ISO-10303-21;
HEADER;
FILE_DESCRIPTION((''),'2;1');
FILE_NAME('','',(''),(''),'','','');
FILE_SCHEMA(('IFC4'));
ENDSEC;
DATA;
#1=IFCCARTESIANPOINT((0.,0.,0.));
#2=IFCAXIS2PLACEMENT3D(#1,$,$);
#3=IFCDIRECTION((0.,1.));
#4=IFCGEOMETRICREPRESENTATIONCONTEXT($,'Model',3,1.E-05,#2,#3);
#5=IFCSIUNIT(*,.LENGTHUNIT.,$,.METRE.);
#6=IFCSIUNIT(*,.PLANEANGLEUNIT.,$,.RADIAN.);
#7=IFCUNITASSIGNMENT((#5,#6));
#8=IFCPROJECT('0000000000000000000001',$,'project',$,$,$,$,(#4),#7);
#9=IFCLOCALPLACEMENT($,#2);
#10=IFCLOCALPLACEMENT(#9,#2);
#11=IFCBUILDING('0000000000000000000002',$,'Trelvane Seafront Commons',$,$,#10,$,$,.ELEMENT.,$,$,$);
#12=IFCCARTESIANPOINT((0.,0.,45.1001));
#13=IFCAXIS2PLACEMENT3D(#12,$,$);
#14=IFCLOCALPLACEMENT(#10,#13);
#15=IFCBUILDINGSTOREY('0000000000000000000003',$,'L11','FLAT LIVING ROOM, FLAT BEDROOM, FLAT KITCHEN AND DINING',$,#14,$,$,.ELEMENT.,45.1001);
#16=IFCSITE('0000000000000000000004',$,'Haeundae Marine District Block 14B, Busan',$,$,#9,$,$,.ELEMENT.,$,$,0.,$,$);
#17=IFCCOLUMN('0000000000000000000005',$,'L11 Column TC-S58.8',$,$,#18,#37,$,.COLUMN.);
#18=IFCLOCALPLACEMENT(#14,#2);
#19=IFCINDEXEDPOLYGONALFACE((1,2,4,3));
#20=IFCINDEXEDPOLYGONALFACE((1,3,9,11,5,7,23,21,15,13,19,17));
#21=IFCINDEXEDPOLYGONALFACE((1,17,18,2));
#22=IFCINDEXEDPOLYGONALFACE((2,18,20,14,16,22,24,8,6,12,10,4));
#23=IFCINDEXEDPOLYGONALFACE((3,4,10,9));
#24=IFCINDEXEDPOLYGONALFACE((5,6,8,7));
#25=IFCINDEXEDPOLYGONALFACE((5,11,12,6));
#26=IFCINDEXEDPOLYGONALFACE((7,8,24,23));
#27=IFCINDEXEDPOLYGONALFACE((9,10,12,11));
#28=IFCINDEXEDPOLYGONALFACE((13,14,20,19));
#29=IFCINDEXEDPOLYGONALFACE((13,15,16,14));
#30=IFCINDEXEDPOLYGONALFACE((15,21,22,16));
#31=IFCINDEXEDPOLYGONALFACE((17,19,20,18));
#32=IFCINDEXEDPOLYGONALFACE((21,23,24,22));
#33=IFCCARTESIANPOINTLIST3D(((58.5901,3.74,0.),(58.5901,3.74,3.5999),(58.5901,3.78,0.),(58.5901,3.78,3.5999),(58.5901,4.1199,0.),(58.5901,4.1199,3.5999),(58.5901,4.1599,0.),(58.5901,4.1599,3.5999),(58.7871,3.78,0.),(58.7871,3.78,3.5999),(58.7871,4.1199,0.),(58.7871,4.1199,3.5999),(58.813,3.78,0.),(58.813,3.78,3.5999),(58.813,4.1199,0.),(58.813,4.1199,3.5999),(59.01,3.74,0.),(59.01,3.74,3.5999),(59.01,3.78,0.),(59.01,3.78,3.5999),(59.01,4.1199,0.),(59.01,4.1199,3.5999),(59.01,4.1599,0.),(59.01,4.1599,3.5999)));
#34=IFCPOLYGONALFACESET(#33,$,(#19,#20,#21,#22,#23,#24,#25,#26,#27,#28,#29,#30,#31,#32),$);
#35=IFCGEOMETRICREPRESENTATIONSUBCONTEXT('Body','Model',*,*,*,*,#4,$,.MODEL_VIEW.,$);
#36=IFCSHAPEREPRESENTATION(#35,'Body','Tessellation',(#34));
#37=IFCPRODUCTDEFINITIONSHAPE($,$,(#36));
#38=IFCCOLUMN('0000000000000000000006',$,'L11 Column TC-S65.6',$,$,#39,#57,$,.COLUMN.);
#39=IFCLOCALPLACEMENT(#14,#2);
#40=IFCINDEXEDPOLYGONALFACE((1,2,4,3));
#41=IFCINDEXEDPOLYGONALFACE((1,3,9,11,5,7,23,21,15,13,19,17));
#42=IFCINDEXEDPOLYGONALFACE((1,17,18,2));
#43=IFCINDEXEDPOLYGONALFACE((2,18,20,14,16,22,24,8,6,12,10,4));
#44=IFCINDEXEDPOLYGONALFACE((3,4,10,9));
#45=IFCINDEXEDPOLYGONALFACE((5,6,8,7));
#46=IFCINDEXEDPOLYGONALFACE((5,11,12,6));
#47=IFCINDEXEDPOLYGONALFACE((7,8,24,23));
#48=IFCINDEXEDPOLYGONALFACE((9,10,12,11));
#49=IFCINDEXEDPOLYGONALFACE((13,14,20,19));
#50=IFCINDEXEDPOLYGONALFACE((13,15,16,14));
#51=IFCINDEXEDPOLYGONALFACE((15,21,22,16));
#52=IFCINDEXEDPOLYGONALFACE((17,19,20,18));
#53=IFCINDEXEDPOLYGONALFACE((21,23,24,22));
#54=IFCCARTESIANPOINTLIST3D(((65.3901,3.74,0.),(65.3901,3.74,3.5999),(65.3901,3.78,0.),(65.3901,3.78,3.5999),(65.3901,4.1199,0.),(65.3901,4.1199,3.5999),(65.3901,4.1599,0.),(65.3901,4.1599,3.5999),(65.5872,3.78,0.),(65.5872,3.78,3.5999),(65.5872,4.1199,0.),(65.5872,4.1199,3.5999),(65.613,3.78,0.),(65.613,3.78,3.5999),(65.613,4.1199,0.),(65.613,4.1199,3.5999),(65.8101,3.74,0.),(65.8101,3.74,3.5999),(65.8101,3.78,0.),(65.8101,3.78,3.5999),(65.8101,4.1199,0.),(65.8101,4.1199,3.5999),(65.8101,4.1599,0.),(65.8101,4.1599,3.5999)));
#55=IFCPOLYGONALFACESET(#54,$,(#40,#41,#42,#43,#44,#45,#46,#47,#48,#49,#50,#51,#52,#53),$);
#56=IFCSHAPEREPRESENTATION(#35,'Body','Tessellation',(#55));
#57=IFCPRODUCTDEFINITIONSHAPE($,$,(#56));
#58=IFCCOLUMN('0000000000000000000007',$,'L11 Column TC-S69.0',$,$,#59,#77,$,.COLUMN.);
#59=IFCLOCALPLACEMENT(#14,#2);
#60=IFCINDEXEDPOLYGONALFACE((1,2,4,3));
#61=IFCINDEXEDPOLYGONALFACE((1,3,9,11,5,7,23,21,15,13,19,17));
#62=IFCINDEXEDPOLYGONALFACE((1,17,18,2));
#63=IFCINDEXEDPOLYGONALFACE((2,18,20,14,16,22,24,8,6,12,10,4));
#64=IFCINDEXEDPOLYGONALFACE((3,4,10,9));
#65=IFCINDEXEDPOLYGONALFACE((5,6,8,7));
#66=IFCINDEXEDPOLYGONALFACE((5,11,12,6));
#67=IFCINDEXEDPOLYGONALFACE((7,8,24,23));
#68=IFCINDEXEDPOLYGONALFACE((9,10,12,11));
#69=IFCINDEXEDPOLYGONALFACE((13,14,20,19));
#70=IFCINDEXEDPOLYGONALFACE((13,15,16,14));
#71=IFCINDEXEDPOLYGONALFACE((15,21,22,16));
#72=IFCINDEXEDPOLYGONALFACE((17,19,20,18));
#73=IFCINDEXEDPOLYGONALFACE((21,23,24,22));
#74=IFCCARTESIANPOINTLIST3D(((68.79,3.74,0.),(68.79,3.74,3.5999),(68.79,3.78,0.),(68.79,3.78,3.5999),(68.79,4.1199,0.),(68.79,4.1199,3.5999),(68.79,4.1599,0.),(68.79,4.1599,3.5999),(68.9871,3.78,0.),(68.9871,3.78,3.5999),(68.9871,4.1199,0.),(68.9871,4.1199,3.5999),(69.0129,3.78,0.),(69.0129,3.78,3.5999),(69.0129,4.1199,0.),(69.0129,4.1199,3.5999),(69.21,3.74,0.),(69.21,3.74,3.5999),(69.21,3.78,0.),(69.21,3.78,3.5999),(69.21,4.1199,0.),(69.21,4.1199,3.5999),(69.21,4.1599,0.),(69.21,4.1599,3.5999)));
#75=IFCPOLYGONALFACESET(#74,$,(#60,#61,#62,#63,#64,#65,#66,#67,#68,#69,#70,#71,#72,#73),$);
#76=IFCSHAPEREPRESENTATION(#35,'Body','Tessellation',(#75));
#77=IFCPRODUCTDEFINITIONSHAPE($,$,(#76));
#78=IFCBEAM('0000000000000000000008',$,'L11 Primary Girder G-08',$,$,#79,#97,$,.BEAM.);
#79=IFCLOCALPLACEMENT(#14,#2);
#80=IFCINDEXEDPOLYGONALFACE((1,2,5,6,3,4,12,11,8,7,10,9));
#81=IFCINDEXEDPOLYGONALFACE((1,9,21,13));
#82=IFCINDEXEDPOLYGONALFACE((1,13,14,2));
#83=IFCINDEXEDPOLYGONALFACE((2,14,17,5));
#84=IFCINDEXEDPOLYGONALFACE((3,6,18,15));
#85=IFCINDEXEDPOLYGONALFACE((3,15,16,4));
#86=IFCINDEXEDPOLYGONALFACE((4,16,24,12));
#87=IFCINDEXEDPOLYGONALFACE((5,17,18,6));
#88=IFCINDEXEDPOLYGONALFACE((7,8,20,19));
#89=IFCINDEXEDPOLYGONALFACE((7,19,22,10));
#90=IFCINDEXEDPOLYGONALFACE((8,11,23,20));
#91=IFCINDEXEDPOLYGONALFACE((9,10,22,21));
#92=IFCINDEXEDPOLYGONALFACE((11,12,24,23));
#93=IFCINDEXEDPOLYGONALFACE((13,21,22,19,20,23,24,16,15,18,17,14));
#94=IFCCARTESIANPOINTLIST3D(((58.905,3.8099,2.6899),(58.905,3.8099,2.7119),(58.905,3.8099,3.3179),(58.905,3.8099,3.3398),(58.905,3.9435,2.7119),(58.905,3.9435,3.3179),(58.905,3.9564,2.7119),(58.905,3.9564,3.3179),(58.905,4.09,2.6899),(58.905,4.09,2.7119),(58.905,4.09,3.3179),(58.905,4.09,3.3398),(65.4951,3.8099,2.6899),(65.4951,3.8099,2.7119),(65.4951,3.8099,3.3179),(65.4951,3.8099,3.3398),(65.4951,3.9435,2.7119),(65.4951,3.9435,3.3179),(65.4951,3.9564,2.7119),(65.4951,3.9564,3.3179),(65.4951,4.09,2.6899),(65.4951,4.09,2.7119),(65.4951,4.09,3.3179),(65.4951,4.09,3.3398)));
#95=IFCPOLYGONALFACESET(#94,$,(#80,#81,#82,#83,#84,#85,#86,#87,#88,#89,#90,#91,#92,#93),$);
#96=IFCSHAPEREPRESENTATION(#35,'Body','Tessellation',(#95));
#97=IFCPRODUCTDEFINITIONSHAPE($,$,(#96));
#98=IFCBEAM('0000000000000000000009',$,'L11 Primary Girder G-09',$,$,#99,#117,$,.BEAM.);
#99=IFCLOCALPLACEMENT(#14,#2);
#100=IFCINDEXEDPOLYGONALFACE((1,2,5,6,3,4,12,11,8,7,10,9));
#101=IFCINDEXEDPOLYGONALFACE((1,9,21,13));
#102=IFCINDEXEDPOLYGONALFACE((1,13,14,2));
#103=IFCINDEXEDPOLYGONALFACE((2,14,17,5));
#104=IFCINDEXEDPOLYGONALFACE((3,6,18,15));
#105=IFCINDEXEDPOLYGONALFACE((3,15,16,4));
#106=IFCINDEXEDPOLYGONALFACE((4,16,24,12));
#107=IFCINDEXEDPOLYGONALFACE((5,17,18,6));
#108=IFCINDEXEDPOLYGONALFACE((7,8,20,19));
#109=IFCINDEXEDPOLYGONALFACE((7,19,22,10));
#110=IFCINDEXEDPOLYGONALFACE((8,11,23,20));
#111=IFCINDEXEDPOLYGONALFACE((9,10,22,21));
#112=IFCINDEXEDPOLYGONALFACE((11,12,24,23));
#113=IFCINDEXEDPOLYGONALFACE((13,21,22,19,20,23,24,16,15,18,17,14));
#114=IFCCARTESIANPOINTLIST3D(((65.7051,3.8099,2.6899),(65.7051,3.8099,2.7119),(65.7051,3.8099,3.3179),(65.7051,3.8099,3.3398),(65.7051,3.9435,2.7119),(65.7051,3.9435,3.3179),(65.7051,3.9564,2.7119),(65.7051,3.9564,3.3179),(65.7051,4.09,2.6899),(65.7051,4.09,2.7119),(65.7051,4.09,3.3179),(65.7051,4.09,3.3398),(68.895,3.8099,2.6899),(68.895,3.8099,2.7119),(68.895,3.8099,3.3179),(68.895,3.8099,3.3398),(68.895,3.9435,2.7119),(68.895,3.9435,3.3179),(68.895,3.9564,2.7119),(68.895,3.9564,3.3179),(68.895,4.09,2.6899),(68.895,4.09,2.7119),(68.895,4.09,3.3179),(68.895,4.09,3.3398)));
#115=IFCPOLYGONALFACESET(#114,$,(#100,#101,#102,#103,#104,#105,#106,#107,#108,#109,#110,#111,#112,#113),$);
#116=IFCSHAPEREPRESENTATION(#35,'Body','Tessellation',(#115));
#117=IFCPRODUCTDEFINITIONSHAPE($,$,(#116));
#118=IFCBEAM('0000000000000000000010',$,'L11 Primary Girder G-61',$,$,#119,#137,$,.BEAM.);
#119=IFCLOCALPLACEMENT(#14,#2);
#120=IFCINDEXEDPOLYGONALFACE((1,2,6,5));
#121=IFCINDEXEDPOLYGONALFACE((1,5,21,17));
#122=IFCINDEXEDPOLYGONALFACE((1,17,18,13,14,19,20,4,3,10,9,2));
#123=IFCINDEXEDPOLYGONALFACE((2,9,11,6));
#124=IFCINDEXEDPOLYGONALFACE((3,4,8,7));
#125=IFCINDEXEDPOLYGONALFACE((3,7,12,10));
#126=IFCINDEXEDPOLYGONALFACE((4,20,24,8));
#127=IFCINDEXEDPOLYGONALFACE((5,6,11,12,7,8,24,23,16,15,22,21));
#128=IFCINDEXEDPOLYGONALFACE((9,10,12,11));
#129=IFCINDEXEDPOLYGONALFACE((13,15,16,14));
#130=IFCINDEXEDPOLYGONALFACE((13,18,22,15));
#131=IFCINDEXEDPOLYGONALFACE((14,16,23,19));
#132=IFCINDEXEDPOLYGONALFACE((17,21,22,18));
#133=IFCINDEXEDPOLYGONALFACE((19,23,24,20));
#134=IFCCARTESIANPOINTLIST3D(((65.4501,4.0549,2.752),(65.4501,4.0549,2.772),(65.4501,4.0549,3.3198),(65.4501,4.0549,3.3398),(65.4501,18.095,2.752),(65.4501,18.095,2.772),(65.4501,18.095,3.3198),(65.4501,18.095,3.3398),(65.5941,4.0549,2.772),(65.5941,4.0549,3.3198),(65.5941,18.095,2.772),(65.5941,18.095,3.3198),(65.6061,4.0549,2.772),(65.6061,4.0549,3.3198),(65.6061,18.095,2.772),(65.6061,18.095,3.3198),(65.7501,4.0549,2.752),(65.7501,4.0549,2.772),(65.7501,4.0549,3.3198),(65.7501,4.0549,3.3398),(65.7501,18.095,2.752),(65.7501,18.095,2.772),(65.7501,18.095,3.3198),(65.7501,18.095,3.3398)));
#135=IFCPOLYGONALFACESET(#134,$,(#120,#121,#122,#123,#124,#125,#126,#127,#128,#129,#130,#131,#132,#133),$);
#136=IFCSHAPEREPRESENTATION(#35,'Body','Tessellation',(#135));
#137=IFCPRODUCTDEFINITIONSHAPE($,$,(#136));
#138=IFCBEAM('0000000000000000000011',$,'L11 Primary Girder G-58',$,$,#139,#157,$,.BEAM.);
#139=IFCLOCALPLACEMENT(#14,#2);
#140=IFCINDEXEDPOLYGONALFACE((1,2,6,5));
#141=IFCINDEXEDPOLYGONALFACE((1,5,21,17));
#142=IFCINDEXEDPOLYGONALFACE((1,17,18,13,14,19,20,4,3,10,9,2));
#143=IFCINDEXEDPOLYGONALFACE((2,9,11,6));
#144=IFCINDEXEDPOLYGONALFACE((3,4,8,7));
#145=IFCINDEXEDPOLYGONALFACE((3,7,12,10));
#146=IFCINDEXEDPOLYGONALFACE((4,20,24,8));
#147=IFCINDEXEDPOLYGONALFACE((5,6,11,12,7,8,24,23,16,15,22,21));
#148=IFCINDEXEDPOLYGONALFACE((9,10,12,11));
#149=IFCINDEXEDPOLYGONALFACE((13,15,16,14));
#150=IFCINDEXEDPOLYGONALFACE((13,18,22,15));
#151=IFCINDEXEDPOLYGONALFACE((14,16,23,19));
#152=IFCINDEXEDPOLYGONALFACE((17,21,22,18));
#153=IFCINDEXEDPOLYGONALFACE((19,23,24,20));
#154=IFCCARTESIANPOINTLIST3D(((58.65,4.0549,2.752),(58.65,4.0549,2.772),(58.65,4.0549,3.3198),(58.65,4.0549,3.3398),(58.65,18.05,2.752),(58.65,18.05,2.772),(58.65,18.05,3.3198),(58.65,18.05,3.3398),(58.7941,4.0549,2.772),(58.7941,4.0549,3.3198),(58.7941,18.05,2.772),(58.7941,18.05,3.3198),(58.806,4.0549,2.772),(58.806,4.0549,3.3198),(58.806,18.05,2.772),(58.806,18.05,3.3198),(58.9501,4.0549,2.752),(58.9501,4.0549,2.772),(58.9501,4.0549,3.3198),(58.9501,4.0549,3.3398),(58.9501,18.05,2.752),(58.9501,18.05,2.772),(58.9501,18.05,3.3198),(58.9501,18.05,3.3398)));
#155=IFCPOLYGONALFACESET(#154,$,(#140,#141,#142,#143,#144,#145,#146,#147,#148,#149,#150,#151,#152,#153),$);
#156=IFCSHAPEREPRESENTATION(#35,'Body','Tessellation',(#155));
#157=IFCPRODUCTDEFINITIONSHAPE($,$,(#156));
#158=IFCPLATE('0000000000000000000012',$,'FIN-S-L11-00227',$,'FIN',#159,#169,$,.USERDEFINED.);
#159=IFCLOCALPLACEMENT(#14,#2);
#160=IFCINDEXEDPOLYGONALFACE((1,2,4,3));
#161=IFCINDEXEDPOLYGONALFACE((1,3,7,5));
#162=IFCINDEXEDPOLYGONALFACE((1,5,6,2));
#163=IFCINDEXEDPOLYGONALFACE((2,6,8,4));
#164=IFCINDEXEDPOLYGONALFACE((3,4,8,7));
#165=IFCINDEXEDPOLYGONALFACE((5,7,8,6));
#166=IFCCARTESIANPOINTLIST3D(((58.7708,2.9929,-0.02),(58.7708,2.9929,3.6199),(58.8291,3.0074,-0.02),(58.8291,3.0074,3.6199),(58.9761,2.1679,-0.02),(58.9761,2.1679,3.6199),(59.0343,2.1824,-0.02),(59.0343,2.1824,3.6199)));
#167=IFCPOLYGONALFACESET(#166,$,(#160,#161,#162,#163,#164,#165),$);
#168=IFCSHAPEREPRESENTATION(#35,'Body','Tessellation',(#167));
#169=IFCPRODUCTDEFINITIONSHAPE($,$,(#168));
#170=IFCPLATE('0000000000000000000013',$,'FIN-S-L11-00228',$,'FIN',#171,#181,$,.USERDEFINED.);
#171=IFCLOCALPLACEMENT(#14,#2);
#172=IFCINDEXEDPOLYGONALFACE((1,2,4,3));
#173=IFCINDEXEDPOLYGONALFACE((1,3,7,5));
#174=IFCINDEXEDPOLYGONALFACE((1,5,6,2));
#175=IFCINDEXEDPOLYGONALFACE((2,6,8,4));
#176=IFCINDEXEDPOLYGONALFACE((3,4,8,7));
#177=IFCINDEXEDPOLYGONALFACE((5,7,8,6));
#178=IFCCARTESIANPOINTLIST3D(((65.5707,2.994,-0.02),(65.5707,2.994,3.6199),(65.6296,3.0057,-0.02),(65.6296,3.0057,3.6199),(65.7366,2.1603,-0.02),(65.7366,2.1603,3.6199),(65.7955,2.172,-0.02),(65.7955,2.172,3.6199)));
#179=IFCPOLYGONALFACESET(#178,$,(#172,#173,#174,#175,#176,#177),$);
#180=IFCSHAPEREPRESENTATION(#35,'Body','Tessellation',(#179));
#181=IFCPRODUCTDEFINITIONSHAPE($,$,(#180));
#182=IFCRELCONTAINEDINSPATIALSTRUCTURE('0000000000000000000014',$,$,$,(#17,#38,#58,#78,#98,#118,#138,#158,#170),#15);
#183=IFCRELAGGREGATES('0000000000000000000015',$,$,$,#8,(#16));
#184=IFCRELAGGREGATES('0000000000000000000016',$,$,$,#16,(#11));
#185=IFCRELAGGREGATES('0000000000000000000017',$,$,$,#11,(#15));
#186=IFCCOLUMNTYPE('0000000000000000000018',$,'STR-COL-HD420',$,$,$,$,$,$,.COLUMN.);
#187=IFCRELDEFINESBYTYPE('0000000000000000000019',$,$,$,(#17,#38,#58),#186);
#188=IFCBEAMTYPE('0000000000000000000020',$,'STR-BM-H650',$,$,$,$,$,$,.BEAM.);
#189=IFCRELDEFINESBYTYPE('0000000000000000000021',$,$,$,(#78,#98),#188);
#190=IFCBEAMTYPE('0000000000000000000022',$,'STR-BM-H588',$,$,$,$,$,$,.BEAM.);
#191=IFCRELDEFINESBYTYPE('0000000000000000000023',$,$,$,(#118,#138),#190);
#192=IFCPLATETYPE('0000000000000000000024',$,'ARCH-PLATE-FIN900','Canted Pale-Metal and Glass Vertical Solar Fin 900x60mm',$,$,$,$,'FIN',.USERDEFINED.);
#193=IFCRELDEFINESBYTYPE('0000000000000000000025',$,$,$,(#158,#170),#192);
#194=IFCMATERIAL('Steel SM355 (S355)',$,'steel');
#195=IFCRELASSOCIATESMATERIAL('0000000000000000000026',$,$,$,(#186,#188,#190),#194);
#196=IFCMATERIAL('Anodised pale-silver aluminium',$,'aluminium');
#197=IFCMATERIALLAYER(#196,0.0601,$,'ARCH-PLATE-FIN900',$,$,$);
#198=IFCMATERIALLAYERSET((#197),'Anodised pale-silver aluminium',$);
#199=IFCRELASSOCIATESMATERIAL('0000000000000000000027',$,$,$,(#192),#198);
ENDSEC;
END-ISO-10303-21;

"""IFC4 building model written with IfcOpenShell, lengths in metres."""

from ifc_helpers import new_model, si_unit, direction, frame, origin, origin_2d, place, context, subcontext, project, spatial, rectangle, i_section, extrude, source, transform, mapped, material, layer, layer_set, material_profile, profile_set, type_object, element, save


model = new_model("IFC4")

# Units and contexts
model_context = context("Model", 3, precision=1e-05, world=origin(), true_north=direction((0.0, 1.0)))
body_context = subcontext(model_context, "Body", "Model", "MODEL_VIEW")
ifc_project = project(units=[si_unit("LENGTHUNIT", "METRE"), si_unit("PLANEANGLEUNIT", "RADIAN")], contexts=[model_context])

# Site, building, storey
site_placement = place(None, origin())
site = spatial("IfcSite", under=ifc_project, at=site_placement, Name="Haeundae Marine District Block 14B, Busan", CompositionType="ELEMENT", RefElevation=0.0)
building_placement = place(site_placement, origin())
building = spatial("IfcBuilding", under=site, at=building_placement, Name="Trelvane Seafront Commons", CompositionType="ELEMENT")
storey_placement = place(building_placement, frame((0.0, 0.0, 45.1001)))
storey = spatial("IfcBuildingStorey", under=building, at=storey_placement, Name="L11", Description="FLAT LIVING ROOM, FLAT BEDROOM, FLAT KITCHEN AND DINING", CompositionType="ELEMENT", Elevation=45.1001)

# Columns
ifc_material_1 = material(Name="Steel SM355 (S355)", Category="steel")
ifc_material_profile_1 = material_profile(ifc_material_1, i_section(OverallWidth=0.4199, OverallDepth=0.4199, WebThickness=0.0259, FlangeThickness=0.04, at=origin_2d()), Name="HD-420x420x26x40")
ifc_profile_set_1 = profile_set([ifc_material_profile_1], Name="Steel SM355 (S355)")
column_type = type_object("IfcColumnType", Name="STR-COL-HD420", PredefinedType="COLUMN", material=ifc_profile_set_1)
shared_shape_1 = source(origin(), body_context, "Body", "SweptSolid", [
    extrude(i_section(OverallWidth=0.4199, OverallDepth=0.4199, WebThickness=0.0259, FlangeThickness=0.04, at=origin_2d()), origin(), (0.0, 0.0, 1.0), 3.5999),
])
for number, where, z_axis, x_axis, name in (
    (1, (58.8, 3.95, 0.0), (0.0, 0.0, 1.0), (1.0, 0.0, 0.0), "L11 Column TC-S58.8"),
    (2, (65.6001, 3.95, 0.0), (0.0, 0.0, 1.0), (1.0, 0.0, 0.0), "L11 Column TC-S65.6"),
    (3, (69.0, 3.95, 0.0), (0.0, 0.0, 1.0), (1.0, 0.0, 0.0), "L11 Column TC-S69.0"),
):
    element("IfcColumn", number, at=place(storey_placement, frame(where, z_axis=z_axis, x_axis=x_axis)), inside=storey, type_object=column_type, Name=name, PredefinedType="COLUMN", context=body_context, shape_type="MappedRepresentation", body=[
        mapped(shared_shape_1, transform((0.0, 0.0, 0.0), x_axis=(1.0, 0.0, 0.0), y_axis=(0.0, 1.0, 0.0), z_axis=(0.0, 0.0, 1.0), scale=1.0)),
    ])

# Beams
ifc_material_profile_2 = material_profile(ifc_material_1, i_section(OverallWidth=0.28, OverallDepth=0.6499, WebThickness=0.0129, FlangeThickness=0.022, at=origin_2d()), Name="H-650x280x13x22")
ifc_profile_set_2 = profile_set([ifc_material_profile_2], Name="Steel SM355 (S355)")
beam_type_1 = type_object("IfcBeamType", Name="STR-BM-H650", PredefinedType="BEAM", material=ifc_profile_set_2)
shared_shape_2 = source(origin(), body_context, "Body", "SweptSolid", [
    extrude(i_section(OverallWidth=0.28, OverallDepth=0.6499, WebThickness=0.0129, FlangeThickness=0.022, at=origin_2d()), origin(), (0.0, 0.0, 1.0), 6.5901),
])
beam_1_placement = place(storey_placement, frame((58.905, 3.95, 3.0149), z_axis=(1.0, 0.0, 0.0), x_axis=(0.0, 1.0, 0.0)))
element("IfcBeam", 4, at=beam_1_placement, inside=storey, type_object=beam_type_1, Name="L11 Primary Girder G-08", PredefinedType="BEAM", context=body_context, shape_type="MappedRepresentation", body=[
    mapped(shared_shape_2, transform((0.0, 0.0, 0.0), x_axis=(1.0, 0.0, 0.0), y_axis=(0.0, 1.0, 0.0), z_axis=(0.0, 0.0, 1.0), scale=1.0)),
])
shared_shape_3 = source(origin(), body_context, "Body", "SweptSolid", [
    extrude(i_section(OverallWidth=0.28, OverallDepth=0.6499, WebThickness=0.0129, FlangeThickness=0.022, at=origin_2d()), origin(), (0.0, 0.0, 1.0), 3.1899),
])
beam_2_placement = place(storey_placement, frame((65.7051, 3.95, 3.0149), z_axis=(1.0, 0.0, 0.0), x_axis=(0.0, 1.0, 0.0)))
element("IfcBeam", 5, at=beam_2_placement, inside=storey, type_object=beam_type_1, Name="L11 Primary Girder G-09", PredefinedType="BEAM", context=body_context, shape_type="MappedRepresentation", body=[
    mapped(shared_shape_3, transform((0.0, 0.0, 0.0), x_axis=(1.0, 0.0, 0.0), y_axis=(0.0, 1.0, 0.0), z_axis=(0.0, 0.0, 1.0), scale=1.0)),
])
ifc_material_profile_3 = material_profile(ifc_material_1, i_section(OverallWidth=0.3, OverallDepth=0.5879, WebThickness=0.012, FlangeThickness=0.02, at=origin_2d()), Name="H-588x300x12x20")
ifc_profile_set_3 = profile_set([ifc_material_profile_3], Name="Steel SM355 (S355)")
beam_type_2 = type_object("IfcBeamType", Name="STR-BM-H588", PredefinedType="BEAM", material=ifc_profile_set_3)
shared_shape_4 = source(origin(), body_context, "Body", "SweptSolid", [
    extrude(i_section(OverallWidth=0.3, OverallDepth=0.5879, WebThickness=0.012, FlangeThickness=0.02, at=origin_2d()), origin(), (0.0, 0.0, 1.0), 14.04),
])
beam_3_placement = place(storey_placement, frame((65.6001, 4.0549, 3.0459), z_axis=(0.0, 1.0, 0.0), x_axis=(-1.0, 0.0, 0.0)))
element("IfcBeam", 6, at=beam_3_placement, inside=storey, type_object=beam_type_2, Name="L11 Primary Girder G-61", PredefinedType="BEAM", context=body_context, shape_type="MappedRepresentation", body=[
    mapped(shared_shape_4, transform((0.0, 0.0, 0.0), x_axis=(1.0, 0.0, 0.0), y_axis=(0.0, 1.0, 0.0), z_axis=(0.0, 0.0, 1.0), scale=1.0)),
])
shared_shape_5 = source(origin(), body_context, "Body", "SweptSolid", [
    extrude(i_section(OverallWidth=0.3, OverallDepth=0.5879, WebThickness=0.012, FlangeThickness=0.02, at=origin_2d()), origin(), (0.0, 0.0, 1.0), 13.9951),
])
beam_4_placement = place(storey_placement, frame((58.8, 4.0549, 3.0459), z_axis=(0.0, 1.0, 0.0), x_axis=(-1.0, 0.0, 0.0)))
element("IfcBeam", 7, at=beam_4_placement, inside=storey, type_object=beam_type_2, Name="L11 Primary Girder G-58", PredefinedType="BEAM", context=body_context, shape_type="MappedRepresentation", body=[
    mapped(shared_shape_5, transform((0.0, 0.0, 0.0), x_axis=(1.0, 0.0, 0.0), y_axis=(0.0, 1.0, 0.0), z_axis=(0.0, 0.0, 1.0), scale=1.0)),
])

# Plates
ifc_material_2 = material(Name="Anodised pale-silver aluminium", Category="aluminium")
ifc_layer_1 = layer(ifc_material_2, 0.0601, Name="ARCH-PLATE-FIN900")
ifc_layer_set_1 = layer_set([ifc_layer_1], Name="Anodised pale-silver aluminium")
plate_type = type_object("IfcPlateType", Name="ARCH-PLATE-FIN900", Description="Canted Pale-Metal and Glass Vertical Solar Fin 900x60mm", ElementType="FIN", PredefinedType="USERDEFINED", material=ifc_layer_set_1)
shared_shape_6 = source(origin(), body_context, "Body", "SweptSolid", [
    extrude(rectangle(XDim=0.8501, YDim=0.0601, at=origin_2d()), origin(), (0.0, 0.0, 1.0), 3.6399),
])
for number, where, z_axis, x_axis, name in (
    (8, (58.9026, 2.5876, -0.02), (0.0, 0.0, 1.0), (0.2414, -0.970426, 0.0), "FIN-S-L11-00227"),
    (9, (65.6831, 2.583, -0.02), (0.0, 0.0, 1.0), (0.195166, -0.98077, 0.0), "FIN-S-L11-00228"),
):
    element("IfcPlate", number, at=place(storey_placement, frame(where, z_axis=z_axis, x_axis=x_axis)), inside=storey, type_object=plate_type, Name=name, ObjectType="FIN", PredefinedType="USERDEFINED", context=body_context, shape_type="MappedRepresentation", body=[
        mapped(shared_shape_6, transform((0.0, 0.0, 0.0), x_axis=(1.0, 0.0, 0.0), y_axis=(0.0, 1.0, 0.0), z_axis=(0.0, 0.0, 1.0), scale=1.0)),
    ])

save(model, "model.ifc")
